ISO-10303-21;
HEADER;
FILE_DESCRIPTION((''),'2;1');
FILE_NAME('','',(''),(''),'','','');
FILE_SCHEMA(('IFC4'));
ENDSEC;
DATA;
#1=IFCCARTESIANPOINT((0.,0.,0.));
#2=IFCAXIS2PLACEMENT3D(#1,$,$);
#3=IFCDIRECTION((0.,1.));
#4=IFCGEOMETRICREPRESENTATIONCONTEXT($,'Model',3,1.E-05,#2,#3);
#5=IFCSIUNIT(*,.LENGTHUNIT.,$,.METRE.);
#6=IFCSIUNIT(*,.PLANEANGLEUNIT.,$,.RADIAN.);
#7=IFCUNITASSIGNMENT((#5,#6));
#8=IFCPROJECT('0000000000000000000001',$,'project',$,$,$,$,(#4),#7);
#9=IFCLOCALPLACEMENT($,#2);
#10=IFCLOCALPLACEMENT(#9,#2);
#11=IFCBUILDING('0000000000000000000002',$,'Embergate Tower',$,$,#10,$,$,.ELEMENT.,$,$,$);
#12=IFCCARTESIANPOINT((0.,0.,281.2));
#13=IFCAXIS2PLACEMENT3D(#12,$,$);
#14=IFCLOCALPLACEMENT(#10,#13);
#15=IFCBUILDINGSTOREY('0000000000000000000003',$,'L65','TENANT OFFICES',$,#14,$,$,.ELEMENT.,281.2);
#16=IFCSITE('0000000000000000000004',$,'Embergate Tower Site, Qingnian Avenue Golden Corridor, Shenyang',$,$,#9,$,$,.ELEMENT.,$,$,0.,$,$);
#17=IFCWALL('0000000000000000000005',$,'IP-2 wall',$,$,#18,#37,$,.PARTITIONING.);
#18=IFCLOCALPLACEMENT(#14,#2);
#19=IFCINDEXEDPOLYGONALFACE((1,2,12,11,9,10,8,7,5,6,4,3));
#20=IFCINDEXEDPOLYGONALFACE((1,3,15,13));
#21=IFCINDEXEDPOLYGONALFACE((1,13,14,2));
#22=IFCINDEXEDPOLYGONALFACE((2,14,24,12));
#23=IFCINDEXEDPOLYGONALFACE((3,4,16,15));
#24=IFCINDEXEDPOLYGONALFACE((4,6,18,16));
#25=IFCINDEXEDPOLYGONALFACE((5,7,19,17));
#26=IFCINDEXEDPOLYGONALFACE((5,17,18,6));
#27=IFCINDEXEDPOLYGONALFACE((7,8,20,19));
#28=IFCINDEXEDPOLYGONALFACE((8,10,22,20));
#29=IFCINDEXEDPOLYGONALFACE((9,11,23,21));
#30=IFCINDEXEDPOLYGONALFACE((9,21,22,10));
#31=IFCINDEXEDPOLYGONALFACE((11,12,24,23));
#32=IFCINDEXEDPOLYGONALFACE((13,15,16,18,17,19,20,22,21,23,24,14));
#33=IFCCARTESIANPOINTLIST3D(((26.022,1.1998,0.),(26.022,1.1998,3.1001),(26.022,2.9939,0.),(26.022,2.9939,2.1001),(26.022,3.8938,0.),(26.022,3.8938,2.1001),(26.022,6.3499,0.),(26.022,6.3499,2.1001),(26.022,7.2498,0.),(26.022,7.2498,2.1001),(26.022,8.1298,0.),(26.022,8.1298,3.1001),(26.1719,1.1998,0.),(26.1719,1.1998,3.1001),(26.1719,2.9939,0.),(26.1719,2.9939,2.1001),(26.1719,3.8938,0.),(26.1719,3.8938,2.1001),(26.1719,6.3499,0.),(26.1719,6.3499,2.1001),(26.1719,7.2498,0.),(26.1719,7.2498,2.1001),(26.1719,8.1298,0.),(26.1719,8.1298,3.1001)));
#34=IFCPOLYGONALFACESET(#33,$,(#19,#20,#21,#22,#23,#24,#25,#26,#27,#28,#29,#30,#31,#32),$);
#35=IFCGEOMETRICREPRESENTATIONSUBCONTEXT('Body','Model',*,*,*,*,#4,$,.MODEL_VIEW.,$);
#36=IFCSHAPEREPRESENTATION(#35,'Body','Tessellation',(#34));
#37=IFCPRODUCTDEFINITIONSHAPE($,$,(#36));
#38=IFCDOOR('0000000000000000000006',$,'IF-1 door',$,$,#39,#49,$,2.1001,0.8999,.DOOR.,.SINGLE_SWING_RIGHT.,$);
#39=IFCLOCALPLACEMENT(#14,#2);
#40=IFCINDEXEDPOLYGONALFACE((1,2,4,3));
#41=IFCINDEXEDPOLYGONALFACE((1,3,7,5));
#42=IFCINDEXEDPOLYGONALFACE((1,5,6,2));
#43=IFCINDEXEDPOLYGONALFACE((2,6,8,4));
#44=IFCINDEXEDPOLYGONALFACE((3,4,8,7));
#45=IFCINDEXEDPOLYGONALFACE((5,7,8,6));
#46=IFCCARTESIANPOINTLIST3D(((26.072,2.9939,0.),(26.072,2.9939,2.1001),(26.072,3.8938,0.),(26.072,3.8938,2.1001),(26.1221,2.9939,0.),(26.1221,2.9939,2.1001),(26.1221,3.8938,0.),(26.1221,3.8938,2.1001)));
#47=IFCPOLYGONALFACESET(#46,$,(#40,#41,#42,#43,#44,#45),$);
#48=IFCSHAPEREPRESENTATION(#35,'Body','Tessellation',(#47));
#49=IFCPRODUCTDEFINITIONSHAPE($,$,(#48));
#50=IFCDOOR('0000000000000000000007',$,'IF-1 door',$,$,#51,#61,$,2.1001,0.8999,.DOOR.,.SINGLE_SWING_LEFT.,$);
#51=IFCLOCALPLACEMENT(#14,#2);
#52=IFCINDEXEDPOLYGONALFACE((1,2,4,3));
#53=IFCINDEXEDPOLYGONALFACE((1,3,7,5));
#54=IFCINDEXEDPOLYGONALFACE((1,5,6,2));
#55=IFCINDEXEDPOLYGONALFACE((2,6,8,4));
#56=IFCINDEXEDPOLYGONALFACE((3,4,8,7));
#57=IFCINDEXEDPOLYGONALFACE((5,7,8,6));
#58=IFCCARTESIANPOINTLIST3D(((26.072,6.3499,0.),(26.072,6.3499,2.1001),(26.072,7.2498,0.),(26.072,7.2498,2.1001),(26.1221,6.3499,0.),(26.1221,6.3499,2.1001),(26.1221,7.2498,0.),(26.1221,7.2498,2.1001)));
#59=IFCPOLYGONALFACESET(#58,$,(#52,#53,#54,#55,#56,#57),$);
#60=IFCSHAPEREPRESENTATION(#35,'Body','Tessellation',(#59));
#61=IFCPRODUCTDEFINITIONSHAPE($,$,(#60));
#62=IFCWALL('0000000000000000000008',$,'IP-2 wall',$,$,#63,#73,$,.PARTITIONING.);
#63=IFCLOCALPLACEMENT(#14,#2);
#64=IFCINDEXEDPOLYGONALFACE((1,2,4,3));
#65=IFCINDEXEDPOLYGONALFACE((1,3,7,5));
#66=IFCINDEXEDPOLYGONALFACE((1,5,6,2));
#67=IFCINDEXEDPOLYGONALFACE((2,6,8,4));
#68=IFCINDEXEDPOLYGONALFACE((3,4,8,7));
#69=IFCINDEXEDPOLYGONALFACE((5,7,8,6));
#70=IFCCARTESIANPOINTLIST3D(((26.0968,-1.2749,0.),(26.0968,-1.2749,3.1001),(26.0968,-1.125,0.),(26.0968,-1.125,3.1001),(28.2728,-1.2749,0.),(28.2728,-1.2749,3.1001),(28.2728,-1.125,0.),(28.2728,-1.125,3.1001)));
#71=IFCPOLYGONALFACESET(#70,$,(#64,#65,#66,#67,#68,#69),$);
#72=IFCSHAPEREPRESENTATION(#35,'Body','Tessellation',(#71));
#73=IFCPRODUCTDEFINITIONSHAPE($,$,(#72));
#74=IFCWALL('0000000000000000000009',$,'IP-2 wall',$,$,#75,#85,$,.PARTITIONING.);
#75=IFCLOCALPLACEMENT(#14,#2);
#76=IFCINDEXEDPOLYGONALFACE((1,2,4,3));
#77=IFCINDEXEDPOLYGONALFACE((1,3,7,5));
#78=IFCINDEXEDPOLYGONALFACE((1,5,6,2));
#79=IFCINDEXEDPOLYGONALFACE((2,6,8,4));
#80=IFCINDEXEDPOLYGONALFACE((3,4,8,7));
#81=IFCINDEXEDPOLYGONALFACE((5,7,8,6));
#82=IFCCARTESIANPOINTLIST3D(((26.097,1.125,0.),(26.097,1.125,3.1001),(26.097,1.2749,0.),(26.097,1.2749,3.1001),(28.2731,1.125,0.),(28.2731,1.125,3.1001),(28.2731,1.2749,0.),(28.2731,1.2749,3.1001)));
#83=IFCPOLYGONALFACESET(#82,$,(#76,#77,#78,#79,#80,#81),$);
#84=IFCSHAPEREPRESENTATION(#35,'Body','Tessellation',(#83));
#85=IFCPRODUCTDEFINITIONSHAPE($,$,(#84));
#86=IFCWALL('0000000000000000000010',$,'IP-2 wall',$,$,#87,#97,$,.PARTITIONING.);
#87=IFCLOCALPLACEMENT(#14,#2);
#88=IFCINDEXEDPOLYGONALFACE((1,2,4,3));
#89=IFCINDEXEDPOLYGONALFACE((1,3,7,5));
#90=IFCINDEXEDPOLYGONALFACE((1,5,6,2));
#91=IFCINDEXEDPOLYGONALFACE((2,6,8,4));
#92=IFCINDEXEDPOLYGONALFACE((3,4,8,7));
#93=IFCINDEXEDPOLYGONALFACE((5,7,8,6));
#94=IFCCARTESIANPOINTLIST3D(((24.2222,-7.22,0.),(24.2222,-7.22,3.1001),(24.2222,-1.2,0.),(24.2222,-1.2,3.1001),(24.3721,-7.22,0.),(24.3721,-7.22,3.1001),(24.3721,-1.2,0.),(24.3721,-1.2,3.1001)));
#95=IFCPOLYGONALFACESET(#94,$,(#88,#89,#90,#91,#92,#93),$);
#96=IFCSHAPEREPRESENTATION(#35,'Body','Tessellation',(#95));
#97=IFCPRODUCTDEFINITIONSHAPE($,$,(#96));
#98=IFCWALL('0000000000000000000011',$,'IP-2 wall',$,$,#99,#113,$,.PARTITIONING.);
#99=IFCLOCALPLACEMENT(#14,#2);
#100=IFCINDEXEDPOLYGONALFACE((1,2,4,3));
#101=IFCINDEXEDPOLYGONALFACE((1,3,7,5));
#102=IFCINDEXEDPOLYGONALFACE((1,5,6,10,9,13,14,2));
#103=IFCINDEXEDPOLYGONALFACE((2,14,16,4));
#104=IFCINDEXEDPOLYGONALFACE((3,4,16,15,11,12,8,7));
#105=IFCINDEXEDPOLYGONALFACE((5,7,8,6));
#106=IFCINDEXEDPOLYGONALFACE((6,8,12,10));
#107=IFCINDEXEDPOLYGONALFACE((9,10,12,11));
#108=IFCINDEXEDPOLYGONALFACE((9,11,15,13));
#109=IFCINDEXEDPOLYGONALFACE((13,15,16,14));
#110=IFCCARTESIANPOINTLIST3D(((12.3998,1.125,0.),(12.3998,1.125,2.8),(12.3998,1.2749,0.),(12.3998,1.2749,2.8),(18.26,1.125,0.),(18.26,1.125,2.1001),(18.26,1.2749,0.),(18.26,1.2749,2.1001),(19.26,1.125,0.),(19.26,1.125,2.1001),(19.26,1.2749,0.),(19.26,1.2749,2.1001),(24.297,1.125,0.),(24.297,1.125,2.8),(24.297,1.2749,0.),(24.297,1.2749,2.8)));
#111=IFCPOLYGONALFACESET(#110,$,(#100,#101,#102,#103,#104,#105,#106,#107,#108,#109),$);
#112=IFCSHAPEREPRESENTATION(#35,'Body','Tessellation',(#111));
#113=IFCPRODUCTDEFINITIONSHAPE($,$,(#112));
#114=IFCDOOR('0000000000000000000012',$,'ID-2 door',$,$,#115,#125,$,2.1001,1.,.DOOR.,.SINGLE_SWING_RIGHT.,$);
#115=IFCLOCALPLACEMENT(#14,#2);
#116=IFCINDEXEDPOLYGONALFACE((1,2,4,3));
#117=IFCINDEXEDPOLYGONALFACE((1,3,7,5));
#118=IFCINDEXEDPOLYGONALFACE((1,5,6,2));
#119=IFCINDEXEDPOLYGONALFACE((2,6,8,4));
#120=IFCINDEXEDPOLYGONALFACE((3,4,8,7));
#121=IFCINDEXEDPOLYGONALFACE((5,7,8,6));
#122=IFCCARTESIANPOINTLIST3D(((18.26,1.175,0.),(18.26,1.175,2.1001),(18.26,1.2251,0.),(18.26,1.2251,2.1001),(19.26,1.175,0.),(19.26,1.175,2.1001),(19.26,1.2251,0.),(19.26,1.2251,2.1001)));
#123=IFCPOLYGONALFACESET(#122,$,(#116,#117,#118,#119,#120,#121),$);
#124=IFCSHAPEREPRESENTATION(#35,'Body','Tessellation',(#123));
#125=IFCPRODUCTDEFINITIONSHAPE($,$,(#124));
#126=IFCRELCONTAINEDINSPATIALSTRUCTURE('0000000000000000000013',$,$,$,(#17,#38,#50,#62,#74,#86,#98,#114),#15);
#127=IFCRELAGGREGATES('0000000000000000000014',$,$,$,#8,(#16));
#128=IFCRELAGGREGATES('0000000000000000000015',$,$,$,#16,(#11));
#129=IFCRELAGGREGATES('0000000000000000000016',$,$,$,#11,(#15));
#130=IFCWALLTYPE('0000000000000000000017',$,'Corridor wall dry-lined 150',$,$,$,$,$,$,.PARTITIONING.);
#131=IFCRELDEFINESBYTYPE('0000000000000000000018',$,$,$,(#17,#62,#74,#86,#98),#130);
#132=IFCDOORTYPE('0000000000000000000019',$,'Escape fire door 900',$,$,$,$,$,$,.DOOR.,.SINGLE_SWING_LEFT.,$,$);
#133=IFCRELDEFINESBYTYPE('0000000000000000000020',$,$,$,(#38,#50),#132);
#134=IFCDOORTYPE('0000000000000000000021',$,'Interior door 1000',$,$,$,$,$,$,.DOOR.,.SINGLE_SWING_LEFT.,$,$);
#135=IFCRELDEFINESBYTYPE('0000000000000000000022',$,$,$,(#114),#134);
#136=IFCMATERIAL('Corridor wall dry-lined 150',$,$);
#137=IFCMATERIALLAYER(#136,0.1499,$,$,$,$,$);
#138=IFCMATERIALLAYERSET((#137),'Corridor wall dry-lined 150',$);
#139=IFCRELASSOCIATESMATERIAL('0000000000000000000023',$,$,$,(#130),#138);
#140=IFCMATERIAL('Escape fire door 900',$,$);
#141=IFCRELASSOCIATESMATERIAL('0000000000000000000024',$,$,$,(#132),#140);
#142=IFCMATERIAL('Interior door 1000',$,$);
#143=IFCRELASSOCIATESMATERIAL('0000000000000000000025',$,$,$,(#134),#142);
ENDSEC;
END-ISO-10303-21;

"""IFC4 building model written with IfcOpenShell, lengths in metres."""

from ifc_helpers import new_model, si_unit, direction, frame, frame_2d, origin, place, context, subcontext, project, spatial, rectangle, extrude, source, transform, mapped, material, layer, layer_set, type_object, element, fill, save


model = new_model("IFC4")

# Units and contexts
model_context = context("Model", 3, precision=1e-05, world=origin(), true_north=direction((0.0, 1.0)))
body_context = subcontext(model_context, "Body", "Model", "MODEL_VIEW")
ifc_project = project(units=[si_unit("LENGTHUNIT", "METRE"), si_unit("PLANEANGLEUNIT", "RADIAN")], contexts=[model_context])

# Site, building, storey
site_placement = place(None, origin())
site = spatial("IfcSite", under=ifc_project, at=site_placement, Name="Embergate Tower Site, Qingnian Avenue Golden Corridor, Shenyang", CompositionType="ELEMENT", RefElevation=0.0)
building_placement = place(site_placement, origin())
building = spatial("IfcBuilding", under=site, at=building_placement, Name="Embergate Tower", CompositionType="ELEMENT")
storey_placement = place(building_placement, frame((0.0, 0.0, 281.2)))
storey = spatial("IfcBuildingStorey", under=building, at=storey_placement, Name="L65", Description="TENANT OFFICES", CompositionType="ELEMENT", Elevation=281.2)

# Shared definitions
ifc_material_1 = material(Name="Corridor wall dry-lined 150")
ifc_layer_1 = layer(ifc_material_1, 0.1499)
ifc_layer_set_1 = layer_set([ifc_layer_1], Name="Corridor wall dry-lined 150")
wall_type = type_object("IfcWallType", Name="Corridor wall dry-lined 150", PredefinedType="PARTITIONING", material=ifc_layer_set_1)

# Wall, openings, doors
shared_shape_1 = source(origin(), body_context, "Body", "SweptSolid", [
    extrude(rectangle(XDim=6.9299, YDim=0.1499, at=frame_2d((3.4648, 0.0))), origin(), (0.0, 0.0, 1.0), 3.1001),
])
wall_1_placement = place(storey_placement, frame((26.0969, 1.2, 0.0), z_axis=(0.0, 0.0, 1.0), x_axis=(0.0, 1.0, 0.0)))
wall_1 = element("IfcWall", 1, at=wall_1_placement, inside=storey, type_object=wall_type, Name="IP-2 wall", PredefinedType="PARTITIONING", context=body_context, shape_type="MappedRepresentation", body=[
    mapped(shared_shape_1, transform((0.0, 0.0, 0.0))),
])
shared_shape_2 = source(origin(), body_context, "Body", "SweptSolid", [
    extrude(rectangle(XDim=0.8999, YDim=2.1001, at=frame_2d((0.45, 1.05))), frame((0.0, 0.085, 0.0), z_axis=(0.0, -1.0, 0.0), x_axis=(1.0, 0.0, 0.0)), (0.0, 0.0, 1.0), 0.1699),
])
opening_1_placement = place(wall_1_placement, frame((1.7939, 0.0, 0.0)))
opening_1 = element("IfcOpeningElement", 2, at=opening_1_placement, cuts=wall_1, PredefinedType="OPENING", context=body_context, shape_type="MappedRepresentation", body=[
    mapped(shared_shape_2, transform((0.0, 0.0, 0.0))),
])
opening_2_placement = place(wall_1_placement, frame((5.1499, 0.0, 0.0)))
opening_2 = element("IfcOpeningElement", 3, at=opening_2_placement, cuts=wall_1, PredefinedType="OPENING", context=body_context, shape_type="MappedRepresentation", body=[
    mapped(shared_shape_2, transform((0.0, 0.0, 0.0))),
])
ifc_material_2 = material(Name="Escape fire door 900")
door_type_1 = type_object("IfcDoorType", Name="Escape fire door 900", OperationType="SINGLE_SWING_LEFT", PredefinedType="DOOR", material=ifc_material_2)
shared_shape_3 = source(origin(), body_context, "Body", "SweptSolid", [
    extrude(rectangle(XDim=0.8999, YDim=2.1001, at=frame_2d((0.45, 1.05))), frame((0.0, 0.0249, 0.0), z_axis=(0.0, -1.0, 0.0), x_axis=(1.0, 0.0, 0.0)), (0.0, 0.0, 1.0), 0.05),
])
door_1_placement = place(opening_1_placement, origin())
door_1 = element("IfcDoor", 4, at=door_1_placement, inside=storey, type_object=door_type_1, Name="IF-1 door", OperationType="SINGLE_SWING_RIGHT", OverallHeight=2.1001, OverallWidth=0.8999, PredefinedType="DOOR", context=body_context, shape_type="MappedRepresentation", body=[
    mapped(shared_shape_3, transform((0.0, 0.0, 0.0))),
])
fill(opening_1, door_1)
door_2_placement = place(opening_2_placement, origin())
door_2 = element("IfcDoor", 5, at=door_2_placement, inside=storey, type_object=door_type_1, Name="IF-1 door", OperationType="SINGLE_SWING_LEFT", OverallHeight=2.1001, OverallWidth=0.8999, PredefinedType="DOOR", context=body_context, shape_type="MappedRepresentation", body=[
    mapped(shared_shape_3, transform((0.0, 0.0, 0.0))),
])
fill(opening_2, door_2)

# Walls
shared_shape_4 = source(origin(), body_context, "Body", "SweptSolid", [
    extrude(rectangle(XDim=2.176, YDim=0.1499, at=frame_2d((1.0879, 0.0))), origin(), (0.0, 0.0, 1.0), 3.1001),
])
for number, where, z_axis, x_axis, name in (
    (6, (26.0969, -1.2, 0.0), (0.0, 0.0, 1.0), (1.0, 0.0, 0.0), "IP-2 wall"),
    (7, (28.2729, 1.2, 0.0), (0.0, 0.0, 1.0), (-1.0, 0.0, 0.0), "IP-2 wall"),
):
    element("IfcWall", number, at=place(storey_placement, frame(where, z_axis=z_axis, x_axis=x_axis)), inside=storey, type_object=wall_type, Name=name, PredefinedType="PARTITIONING", context=body_context, shape_type="MappedRepresentation", body=[
        mapped(shared_shape_4, transform((0.0, 0.0, 0.0))),
    ])
shared_shape_5 = source(origin(), body_context, "Body", "SweptSolid", [
    extrude(rectangle(XDim=6.02, YDim=0.1499, at=frame_2d((3.01, 0.0))), origin(), (0.0, 0.0, 1.0), 3.1001),
])
wall_2_placement = place(storey_placement, frame((24.2971, -1.2, 0.0), z_axis=(0.0, 0.0, 1.0), x_axis=(0.0, -1.0, 0.0)))
element("IfcWall", 8, at=wall_2_placement, inside=storey, type_object=wall_type, Name="IP-2 wall", PredefinedType="PARTITIONING", context=body_context, shape_type="MappedRepresentation", body=[
    mapped(shared_shape_5, transform((0.0, 0.0, 0.0))),
])

# Wall, opening, door
shared_shape_6 = source(origin(), body_context, "Body", "SweptSolid", [
    extrude(rectangle(XDim=11.8972, YDim=0.1499, at=frame_2d((5.9487, 0.0))), origin(), (0.0, 0.0, 1.0), 2.8),
])
wall_3_placement = place(storey_placement, frame((24.2971, 1.2, 0.0), z_axis=(0.0, 0.0, 1.0), x_axis=(-1.0, 0.0, 0.0)))
wall_3 = element("IfcWall", 9, at=wall_3_placement, inside=storey, type_object=wall_type, Name="IP-2 wall", PredefinedType="PARTITIONING", context=body_context, shape_type="MappedRepresentation", body=[
    mapped(shared_shape_6, transform((0.0, 0.0, 0.0))),
])
shared_shape_7 = source(origin(), body_context, "Body", "SweptSolid", [
    extrude(rectangle(XDim=1.0, YDim=2.1001, at=frame_2d((0.5, 1.05))), frame((0.0, 0.085, 0.0), z_axis=(0.0, -1.0, 0.0), x_axis=(1.0, 0.0, 0.0)), (0.0, 0.0, 1.0), 0.1699),
])
opening_3_placement = place(wall_3_placement, frame((5.0371, 0.0, 0.0)))
opening_3 = element("IfcOpeningElement", 10, at=opening_3_placement, cuts=wall_3, PredefinedType="OPENING", context=body_context, shape_type="MappedRepresentation", body=[
    mapped(shared_shape_7, transform((0.0, 0.0, 0.0))),
])
ifc_material_3 = material(Name="Interior door 1000")
door_type_2 = type_object("IfcDoorType", Name="Interior door 1000", OperationType="SINGLE_SWING_LEFT", PredefinedType="DOOR", material=ifc_material_3)
shared_shape_8 = source(origin(), body_context, "Body", "SweptSolid", [
    extrude(rectangle(XDim=1.0, YDim=2.1001, at=frame_2d((0.5, 1.05))), frame((0.0, 0.0249, 0.0), z_axis=(0.0, -1.0, 0.0), x_axis=(1.0, 0.0, 0.0)), (0.0, 0.0, 1.0), 0.05),
])
door_3_placement = place(opening_3_placement, origin())
door_3 = element("IfcDoor", 11, at=door_3_placement, inside=storey, type_object=door_type_2, Name="ID-2 door", OperationType="SINGLE_SWING_RIGHT", OverallHeight=2.1001, OverallWidth=1.0, PredefinedType="DOOR", context=body_context, shape_type="MappedRepresentation", body=[
    mapped(shared_shape_8, transform((0.0, 0.0, 0.0))),
])
fill(opening_3, door_3)

save(model, "model.ifc")
